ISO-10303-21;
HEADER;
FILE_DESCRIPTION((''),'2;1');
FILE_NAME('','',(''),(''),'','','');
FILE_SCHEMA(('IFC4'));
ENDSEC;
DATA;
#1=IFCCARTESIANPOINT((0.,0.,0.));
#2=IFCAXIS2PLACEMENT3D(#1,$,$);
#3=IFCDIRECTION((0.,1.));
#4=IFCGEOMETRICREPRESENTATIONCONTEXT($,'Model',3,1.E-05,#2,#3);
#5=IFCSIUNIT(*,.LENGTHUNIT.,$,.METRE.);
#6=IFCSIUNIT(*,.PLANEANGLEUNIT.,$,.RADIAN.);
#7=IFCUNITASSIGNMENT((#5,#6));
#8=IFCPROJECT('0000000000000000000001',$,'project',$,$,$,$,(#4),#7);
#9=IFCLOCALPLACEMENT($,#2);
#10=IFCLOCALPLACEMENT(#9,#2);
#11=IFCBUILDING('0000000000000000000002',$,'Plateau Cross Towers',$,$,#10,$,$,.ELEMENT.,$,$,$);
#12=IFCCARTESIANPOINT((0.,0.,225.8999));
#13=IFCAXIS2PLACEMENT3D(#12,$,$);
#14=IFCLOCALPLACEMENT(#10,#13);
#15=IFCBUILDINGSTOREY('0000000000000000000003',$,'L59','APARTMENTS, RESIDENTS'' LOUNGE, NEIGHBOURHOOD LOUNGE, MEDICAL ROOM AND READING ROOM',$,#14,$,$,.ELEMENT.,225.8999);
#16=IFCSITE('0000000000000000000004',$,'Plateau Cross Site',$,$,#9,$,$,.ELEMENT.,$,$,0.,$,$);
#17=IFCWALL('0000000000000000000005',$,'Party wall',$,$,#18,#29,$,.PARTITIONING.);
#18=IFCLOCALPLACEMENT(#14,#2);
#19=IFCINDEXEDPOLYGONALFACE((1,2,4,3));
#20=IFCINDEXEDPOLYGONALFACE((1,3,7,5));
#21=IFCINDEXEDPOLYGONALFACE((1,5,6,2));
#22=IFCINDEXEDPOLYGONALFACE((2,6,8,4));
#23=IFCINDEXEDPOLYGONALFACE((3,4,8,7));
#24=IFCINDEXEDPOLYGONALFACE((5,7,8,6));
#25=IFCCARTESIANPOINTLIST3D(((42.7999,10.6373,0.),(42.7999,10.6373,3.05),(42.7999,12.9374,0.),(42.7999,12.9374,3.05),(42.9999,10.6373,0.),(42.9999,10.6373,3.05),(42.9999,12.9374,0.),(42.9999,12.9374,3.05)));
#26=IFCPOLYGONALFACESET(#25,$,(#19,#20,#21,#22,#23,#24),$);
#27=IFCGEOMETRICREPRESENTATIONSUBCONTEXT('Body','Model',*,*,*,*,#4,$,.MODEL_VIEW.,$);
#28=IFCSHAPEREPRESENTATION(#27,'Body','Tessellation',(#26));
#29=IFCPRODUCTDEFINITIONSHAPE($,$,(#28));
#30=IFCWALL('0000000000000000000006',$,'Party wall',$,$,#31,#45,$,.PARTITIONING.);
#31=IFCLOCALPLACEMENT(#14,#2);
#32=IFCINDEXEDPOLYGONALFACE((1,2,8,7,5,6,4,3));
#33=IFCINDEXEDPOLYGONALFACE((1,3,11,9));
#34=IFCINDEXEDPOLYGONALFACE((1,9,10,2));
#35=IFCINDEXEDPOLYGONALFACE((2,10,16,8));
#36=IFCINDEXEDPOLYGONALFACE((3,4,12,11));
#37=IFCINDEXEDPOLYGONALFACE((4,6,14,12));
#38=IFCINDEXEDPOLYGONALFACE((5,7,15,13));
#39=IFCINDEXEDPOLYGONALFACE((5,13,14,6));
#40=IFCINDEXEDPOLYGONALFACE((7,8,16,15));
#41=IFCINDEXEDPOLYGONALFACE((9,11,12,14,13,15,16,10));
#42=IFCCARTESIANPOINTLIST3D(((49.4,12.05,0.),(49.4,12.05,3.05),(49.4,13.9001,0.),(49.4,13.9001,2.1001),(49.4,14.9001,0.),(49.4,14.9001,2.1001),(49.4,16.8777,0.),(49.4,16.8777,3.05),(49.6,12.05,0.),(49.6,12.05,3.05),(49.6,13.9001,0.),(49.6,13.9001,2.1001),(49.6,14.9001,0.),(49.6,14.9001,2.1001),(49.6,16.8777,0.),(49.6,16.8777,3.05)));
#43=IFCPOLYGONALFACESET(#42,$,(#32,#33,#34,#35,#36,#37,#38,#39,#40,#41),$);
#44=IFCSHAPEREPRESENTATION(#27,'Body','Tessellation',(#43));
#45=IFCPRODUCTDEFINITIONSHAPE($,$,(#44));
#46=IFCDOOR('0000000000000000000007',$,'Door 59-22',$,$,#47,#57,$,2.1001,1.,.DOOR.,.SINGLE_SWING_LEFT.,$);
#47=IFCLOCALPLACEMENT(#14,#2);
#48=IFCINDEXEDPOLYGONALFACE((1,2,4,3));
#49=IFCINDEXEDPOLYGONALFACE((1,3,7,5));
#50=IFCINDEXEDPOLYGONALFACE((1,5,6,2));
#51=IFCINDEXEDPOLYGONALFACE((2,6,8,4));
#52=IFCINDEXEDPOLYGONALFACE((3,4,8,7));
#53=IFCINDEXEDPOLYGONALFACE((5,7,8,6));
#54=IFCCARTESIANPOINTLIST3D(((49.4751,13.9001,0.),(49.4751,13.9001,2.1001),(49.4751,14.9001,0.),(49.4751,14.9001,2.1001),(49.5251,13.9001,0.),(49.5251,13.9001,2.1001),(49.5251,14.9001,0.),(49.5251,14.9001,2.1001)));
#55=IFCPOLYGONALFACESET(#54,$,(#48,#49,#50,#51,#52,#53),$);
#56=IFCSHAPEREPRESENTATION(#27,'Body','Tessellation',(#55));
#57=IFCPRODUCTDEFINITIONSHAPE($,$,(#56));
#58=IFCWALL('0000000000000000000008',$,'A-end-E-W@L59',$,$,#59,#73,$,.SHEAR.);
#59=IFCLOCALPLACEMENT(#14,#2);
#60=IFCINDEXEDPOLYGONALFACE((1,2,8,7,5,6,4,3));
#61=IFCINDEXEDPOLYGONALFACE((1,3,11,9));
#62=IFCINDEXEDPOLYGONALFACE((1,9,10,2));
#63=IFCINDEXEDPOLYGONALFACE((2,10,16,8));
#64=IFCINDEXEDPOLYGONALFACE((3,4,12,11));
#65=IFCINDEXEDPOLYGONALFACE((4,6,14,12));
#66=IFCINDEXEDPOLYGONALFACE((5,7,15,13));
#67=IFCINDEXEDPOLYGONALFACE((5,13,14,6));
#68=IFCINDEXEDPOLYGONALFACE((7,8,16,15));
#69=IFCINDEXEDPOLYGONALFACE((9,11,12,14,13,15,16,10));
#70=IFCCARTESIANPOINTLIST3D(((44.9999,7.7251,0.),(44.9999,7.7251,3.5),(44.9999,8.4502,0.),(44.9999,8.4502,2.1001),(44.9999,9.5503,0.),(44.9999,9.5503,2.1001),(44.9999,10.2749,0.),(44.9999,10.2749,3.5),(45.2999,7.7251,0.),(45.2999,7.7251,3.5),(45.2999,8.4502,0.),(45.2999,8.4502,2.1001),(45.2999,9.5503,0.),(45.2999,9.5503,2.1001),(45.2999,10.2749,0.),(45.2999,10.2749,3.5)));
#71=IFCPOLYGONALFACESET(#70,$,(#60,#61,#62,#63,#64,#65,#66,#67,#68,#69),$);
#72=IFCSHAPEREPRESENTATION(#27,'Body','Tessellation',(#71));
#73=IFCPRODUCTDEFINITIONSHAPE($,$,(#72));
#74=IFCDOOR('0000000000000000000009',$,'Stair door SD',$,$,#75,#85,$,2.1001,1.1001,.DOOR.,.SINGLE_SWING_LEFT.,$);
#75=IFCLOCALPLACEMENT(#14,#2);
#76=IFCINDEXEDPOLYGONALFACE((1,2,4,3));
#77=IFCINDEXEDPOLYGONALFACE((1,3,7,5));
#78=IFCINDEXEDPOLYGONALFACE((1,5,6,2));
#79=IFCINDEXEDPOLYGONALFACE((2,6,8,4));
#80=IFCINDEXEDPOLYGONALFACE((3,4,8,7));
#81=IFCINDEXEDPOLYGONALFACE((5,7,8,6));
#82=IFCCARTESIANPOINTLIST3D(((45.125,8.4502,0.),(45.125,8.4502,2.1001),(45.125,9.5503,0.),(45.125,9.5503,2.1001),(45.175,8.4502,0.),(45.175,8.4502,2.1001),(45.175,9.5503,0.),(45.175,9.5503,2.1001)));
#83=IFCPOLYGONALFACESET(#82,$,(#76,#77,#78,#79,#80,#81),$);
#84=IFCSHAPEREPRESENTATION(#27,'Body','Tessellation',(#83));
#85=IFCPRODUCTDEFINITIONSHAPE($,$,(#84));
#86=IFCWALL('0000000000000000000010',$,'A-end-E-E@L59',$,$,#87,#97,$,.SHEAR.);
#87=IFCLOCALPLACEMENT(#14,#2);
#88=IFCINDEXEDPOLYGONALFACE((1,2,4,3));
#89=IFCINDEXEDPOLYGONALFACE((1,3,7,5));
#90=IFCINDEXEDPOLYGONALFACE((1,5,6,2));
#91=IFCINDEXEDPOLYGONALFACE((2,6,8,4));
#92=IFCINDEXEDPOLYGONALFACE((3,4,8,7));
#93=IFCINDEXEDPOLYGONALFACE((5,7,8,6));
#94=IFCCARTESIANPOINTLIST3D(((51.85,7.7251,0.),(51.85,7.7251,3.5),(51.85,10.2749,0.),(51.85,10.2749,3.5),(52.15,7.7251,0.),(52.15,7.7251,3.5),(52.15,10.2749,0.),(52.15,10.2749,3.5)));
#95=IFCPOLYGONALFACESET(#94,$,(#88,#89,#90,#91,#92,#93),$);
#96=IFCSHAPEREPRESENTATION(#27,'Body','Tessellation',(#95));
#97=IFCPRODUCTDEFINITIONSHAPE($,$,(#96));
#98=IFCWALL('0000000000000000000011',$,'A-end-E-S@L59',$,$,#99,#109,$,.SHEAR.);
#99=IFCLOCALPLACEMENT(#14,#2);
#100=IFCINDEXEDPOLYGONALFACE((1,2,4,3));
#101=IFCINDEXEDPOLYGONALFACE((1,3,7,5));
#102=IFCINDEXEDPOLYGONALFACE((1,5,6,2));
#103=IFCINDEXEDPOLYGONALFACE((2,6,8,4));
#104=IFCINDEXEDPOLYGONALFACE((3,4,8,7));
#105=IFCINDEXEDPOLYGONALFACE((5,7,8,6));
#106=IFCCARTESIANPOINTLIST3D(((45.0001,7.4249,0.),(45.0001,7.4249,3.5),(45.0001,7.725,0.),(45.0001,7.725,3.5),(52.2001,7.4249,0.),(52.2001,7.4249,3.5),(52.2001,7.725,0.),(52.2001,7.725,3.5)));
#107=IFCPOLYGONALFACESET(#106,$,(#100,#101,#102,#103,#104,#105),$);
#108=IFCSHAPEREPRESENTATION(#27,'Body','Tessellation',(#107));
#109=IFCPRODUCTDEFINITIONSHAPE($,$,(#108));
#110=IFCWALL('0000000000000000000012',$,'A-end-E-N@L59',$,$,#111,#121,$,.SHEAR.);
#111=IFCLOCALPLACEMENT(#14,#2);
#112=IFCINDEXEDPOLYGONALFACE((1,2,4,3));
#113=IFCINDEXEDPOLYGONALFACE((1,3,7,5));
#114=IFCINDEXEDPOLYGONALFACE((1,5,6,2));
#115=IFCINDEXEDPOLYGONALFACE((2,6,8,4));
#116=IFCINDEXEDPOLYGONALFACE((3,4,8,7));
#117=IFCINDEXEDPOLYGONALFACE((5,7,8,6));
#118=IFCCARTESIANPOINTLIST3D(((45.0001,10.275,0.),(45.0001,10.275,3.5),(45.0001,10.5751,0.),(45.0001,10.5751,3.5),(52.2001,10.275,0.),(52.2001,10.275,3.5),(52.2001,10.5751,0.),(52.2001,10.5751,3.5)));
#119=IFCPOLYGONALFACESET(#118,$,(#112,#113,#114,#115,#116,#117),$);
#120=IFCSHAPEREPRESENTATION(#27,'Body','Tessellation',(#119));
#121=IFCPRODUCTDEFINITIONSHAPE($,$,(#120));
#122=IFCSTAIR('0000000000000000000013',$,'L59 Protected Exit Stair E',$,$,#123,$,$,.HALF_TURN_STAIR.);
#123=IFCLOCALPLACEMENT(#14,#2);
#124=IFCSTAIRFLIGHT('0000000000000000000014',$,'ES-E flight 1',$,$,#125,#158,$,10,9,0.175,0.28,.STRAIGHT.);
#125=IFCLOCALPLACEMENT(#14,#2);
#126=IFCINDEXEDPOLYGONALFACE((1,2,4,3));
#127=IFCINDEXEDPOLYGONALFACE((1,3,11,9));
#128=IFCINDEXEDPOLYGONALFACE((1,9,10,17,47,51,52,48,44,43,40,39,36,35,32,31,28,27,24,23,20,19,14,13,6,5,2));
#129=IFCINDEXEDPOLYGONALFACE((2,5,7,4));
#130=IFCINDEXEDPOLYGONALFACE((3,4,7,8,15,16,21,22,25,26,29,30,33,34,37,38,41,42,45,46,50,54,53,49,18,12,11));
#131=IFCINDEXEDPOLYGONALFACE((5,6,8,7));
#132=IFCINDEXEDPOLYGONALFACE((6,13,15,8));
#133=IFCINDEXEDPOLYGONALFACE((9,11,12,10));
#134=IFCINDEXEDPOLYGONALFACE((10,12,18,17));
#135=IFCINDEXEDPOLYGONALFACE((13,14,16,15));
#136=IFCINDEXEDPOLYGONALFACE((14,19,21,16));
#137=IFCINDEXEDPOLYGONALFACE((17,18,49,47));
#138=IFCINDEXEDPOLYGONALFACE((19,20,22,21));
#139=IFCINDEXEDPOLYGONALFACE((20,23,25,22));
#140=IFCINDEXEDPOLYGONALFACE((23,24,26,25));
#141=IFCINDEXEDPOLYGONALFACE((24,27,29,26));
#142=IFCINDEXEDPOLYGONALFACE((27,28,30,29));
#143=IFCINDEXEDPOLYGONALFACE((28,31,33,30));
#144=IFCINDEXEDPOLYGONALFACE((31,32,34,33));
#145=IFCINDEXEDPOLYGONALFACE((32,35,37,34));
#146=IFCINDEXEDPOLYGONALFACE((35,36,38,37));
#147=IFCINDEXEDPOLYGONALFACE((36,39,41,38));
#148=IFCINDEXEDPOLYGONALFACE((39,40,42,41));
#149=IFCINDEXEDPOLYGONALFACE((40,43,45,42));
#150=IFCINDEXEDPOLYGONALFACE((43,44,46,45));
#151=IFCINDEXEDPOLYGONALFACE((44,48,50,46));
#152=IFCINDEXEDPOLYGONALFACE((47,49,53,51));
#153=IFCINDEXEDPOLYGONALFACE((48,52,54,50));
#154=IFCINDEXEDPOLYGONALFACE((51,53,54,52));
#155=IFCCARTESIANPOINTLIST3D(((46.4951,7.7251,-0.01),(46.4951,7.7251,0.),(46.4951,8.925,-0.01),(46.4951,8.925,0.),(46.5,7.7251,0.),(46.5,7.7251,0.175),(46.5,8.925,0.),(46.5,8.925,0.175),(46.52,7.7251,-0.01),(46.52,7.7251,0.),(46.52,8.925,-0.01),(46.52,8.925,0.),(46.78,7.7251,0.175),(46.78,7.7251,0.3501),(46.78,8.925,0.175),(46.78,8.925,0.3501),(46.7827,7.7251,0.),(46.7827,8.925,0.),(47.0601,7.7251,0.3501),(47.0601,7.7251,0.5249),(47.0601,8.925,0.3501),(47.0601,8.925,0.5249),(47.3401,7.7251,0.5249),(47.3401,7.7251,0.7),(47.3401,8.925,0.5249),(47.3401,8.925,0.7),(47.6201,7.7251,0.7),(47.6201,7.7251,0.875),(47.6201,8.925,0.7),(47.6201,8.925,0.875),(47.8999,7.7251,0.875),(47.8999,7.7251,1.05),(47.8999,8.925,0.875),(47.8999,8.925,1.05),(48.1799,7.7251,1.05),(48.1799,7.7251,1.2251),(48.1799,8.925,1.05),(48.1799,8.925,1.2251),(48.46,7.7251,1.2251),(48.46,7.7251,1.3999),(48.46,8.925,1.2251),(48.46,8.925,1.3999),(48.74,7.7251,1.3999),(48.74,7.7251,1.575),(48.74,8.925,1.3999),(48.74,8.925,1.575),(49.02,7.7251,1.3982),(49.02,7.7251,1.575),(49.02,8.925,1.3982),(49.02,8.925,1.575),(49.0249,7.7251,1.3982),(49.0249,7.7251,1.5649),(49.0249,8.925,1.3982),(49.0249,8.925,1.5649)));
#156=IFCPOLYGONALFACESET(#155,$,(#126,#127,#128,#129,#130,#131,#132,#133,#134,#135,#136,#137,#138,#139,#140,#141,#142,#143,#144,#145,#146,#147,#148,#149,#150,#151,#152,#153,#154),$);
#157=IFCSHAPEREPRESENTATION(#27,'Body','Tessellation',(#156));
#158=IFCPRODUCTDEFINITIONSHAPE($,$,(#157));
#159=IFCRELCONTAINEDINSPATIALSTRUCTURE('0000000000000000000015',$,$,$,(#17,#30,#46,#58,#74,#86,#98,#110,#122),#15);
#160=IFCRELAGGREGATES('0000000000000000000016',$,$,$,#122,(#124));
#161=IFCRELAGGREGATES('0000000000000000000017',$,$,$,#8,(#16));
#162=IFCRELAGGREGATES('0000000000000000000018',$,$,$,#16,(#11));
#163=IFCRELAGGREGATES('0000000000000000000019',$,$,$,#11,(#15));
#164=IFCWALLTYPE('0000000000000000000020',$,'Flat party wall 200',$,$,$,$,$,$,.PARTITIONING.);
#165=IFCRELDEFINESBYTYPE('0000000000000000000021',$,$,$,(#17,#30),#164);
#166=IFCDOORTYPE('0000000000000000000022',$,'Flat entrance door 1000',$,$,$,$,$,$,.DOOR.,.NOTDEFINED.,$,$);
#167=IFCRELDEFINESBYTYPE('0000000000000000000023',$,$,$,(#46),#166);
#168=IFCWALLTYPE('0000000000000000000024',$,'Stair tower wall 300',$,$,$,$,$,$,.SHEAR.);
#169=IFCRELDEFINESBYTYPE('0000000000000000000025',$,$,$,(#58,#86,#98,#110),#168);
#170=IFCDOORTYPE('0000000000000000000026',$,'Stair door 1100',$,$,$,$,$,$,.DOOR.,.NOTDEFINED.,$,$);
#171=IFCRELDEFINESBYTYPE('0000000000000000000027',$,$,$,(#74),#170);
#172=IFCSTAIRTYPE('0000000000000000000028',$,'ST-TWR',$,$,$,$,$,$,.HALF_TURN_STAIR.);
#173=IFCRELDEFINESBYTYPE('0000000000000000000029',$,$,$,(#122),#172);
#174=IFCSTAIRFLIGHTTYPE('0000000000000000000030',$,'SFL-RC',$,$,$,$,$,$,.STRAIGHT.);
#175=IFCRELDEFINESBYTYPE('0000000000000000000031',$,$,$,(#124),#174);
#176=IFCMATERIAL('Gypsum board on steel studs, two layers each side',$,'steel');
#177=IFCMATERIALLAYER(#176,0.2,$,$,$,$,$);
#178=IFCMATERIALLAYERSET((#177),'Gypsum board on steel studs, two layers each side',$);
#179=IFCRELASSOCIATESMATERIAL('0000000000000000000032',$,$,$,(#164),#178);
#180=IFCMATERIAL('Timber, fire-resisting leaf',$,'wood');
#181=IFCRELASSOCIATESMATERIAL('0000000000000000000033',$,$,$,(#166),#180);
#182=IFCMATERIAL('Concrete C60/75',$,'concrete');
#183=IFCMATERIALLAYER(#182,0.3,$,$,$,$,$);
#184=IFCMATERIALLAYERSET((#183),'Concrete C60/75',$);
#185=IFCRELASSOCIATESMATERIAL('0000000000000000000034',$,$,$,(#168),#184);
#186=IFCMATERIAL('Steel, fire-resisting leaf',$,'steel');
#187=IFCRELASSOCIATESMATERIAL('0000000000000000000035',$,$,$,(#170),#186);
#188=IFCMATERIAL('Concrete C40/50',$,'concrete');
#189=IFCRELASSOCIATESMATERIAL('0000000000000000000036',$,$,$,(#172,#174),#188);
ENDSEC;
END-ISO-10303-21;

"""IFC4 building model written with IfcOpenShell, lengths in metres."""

from ifc_helpers import new_model, si_unit, direction, frame, frame_2d, origin, place, context, subcontext, project, spatial, polyline, rectangle, outline, extrude, material, layer, layer_set, type_object, element, fill, aggregate, save


model = new_model("IFC4")

# Units and contexts
model_context = context("Model", 3, precision=1e-05, world=origin(), true_north=direction((0.0, 1.0)))
body_context = subcontext(model_context, "Body", "Model", "MODEL_VIEW")
ifc_project = project(units=[si_unit("LENGTHUNIT", "METRE"), si_unit("PLANEANGLEUNIT", "RADIAN")], contexts=[model_context])

# Site, building, storey
site_placement = place(None, origin())
site = spatial("IfcSite", under=ifc_project, at=site_placement, Name="Plateau Cross Site", CompositionType="ELEMENT", RefElevation=0.0)
building_placement = place(site_placement, origin())
building = spatial("IfcBuilding", under=site, at=building_placement, Name="Plateau Cross Towers", CompositionType="ELEMENT")
storey_placement = place(building_placement, frame((0.0, 0.0, 225.8999)))
storey = spatial("IfcBuildingStorey", under=building, at=storey_placement, Name="L59", Description="APARTMENTS, RESIDENTS' LOUNGE, NEIGHBOURHOOD LOUNGE, MEDICAL ROOM AND READING ROOM", CompositionType="ELEMENT", Elevation=225.8999)

# Wall
ifc_material_1 = material(Name="Gypsum board on steel studs, two layers each side", Category="steel")
ifc_layer_1 = layer(ifc_material_1, 0.2)
ifc_layer_set_1 = layer_set([ifc_layer_1], Name="Gypsum board on steel studs, two layers each side")
wall_type_1 = type_object("IfcWallType", Name="Flat party wall 200", PredefinedType="PARTITIONING", material=ifc_layer_set_1)
for number, where, z_axis, x_axis, name in (
    (1, (42.8999, 10.6375, 0.0), (0.0, 0.0, 1.0), (0.0, 1.0, 0.0), "Party wall"),
):
    element("IfcWall", number, at=place(storey_placement, frame(where, z_axis=z_axis, x_axis=x_axis)), inside=storey, type_object=wall_type_1, Name=name, PredefinedType="PARTITIONING", context=body_context, shape_type="SweptSolid", body=[
        extrude(rectangle(XDim=2.3, YDim=0.2, at=frame_2d((1.1499, 0.0))), origin(), (0.0, 0.0, 1.0), 3.05),
    ])

# Walls, openings, doors
wall_1_placement = place(storey_placement, frame((49.5, 12.05, 0.0), z_axis=(0.0, 0.0, 1.0), x_axis=(0.0, 1.0, 0.0)))
wall_1 = element("IfcWall", 2, at=wall_1_placement, inside=storey, type_object=wall_type_1, Name="Party wall", PredefinedType="PARTITIONING", context=body_context, shape_type="SweptSolid", body=[
    extrude(rectangle(XDim=4.8276, YDim=0.2, at=frame_2d((2.4138, 0.0))), origin(), (0.0, 0.0, 1.0), 3.05),
])
opening_1_placement = place(wall_1_placement, frame((1.8501, 0.0, 0.0)))
opening_1 = element("IfcOpeningElement", 3, at=opening_1_placement, cuts=wall_1, PredefinedType="OPENING", context=body_context, shape_type="SweptSolid", body=[
    extrude(rectangle(XDim=1.0, YDim=2.1001, at=frame_2d((0.5, 1.05))), frame((0.0, 0.1099, 0.0), z_axis=(0.0, -1.0, 0.0), x_axis=(1.0, 0.0, 0.0)), (0.0, 0.0, 1.0), 0.22),
])
ifc_material_2 = material(Name="Timber, fire-resisting leaf", Category="wood")
door_type_1 = type_object("IfcDoorType", Name="Flat entrance door 1000", OperationType="NOTDEFINED", PredefinedType="DOOR", material=ifc_material_2)
door_1_placement = place(opening_1_placement, origin())
door_1 = element("IfcDoor", 4, at=door_1_placement, inside=storey, type_object=door_type_1, Name="Door 59-22", OperationType="SINGLE_SWING_LEFT", OverallHeight=2.1001, OverallWidth=1.0, PredefinedType="DOOR", context=body_context, shape_type="SweptSolid", body=[
    extrude(rectangle(XDim=1.0, YDim=2.1001, at=frame_2d((0.5, 1.05))), frame((0.0, 0.0249, 0.0), z_axis=(0.0, -1.0, 0.0), x_axis=(1.0, 0.0, 0.0)), (0.0, 0.0, 1.0), 0.05),
])
fill(opening_1, door_1)
ifc_material_3 = material(Name="Concrete C60/75", Category="concrete")
ifc_layer_2 = layer(ifc_material_3, 0.3)
ifc_layer_set_2 = layer_set([ifc_layer_2], Name="Concrete C60/75")
wall_type_2 = type_object("IfcWallType", Name="Stair tower wall 300", PredefinedType="SHEAR", material=ifc_layer_set_2)
wall_2_placement = place(storey_placement, frame((45.1499, 7.7251, 0.0), z_axis=(0.0, 0.0, 1.0), x_axis=(0.0, 1.0, 0.0)))
wall_2 = element("IfcWall", 5, at=wall_2_placement, inside=storey, type_object=wall_type_2, Name="A-end-E-W@L59", PredefinedType="SHEAR", context=body_context, shape_type="SweptSolid", body=[
    extrude(rectangle(XDim=2.5498, YDim=0.3, at=frame_2d((1.2749, 0.0))), origin(), (0.0, 0.0, 1.0), 3.5),
])
opening_2_placement = place(wall_2_placement, frame((0.7251, 0.0, 0.0)))
opening_2 = element("IfcOpeningElement", 6, at=opening_2_placement, cuts=wall_2, PredefinedType="OPENING", context=body_context, shape_type="SweptSolid", body=[
    extrude(rectangle(XDim=1.1001, YDim=2.1001, at=frame_2d((0.55, 1.05))), frame((0.0, 0.1599, 0.0), z_axis=(0.0, -1.0, 0.0), x_axis=(1.0, 0.0, 0.0)), (0.0, 0.0, 1.0), 0.3201),
])
ifc_material_4 = material(Name="Steel, fire-resisting leaf", Category="steel")
door_type_2 = type_object("IfcDoorType", Name="Stair door 1100", OperationType="NOTDEFINED", PredefinedType="DOOR", material=ifc_material_4)
door_2_placement = place(opening_2_placement, origin())
door_2 = element("IfcDoor", 7, at=door_2_placement, inside=storey, type_object=door_type_2, Name="Stair door SD", OperationType="SINGLE_SWING_LEFT", OverallHeight=2.1001, OverallWidth=1.1001, PredefinedType="DOOR", context=body_context, shape_type="SweptSolid", body=[
    extrude(rectangle(XDim=1.1001, YDim=2.1001, at=frame_2d((0.55, 1.05))), frame((0.0, 0.0249, 0.0), z_axis=(0.0, -1.0, 0.0), x_axis=(1.0, 0.0, 0.0)), (0.0, 0.0, 1.0), 0.05),
])
fill(opening_2, door_2)

# Walls
wall_3_placement = place(storey_placement, frame((52.0, 7.7251, 0.0), z_axis=(0.0, 0.0, 1.0), x_axis=(0.0, 1.0, 0.0)))
element("IfcWall", 8, at=wall_3_placement, inside=storey, type_object=wall_type_2, Name="A-end-E-E@L59", PredefinedType="SHEAR", context=body_context, shape_type="SweptSolid", body=[
    extrude(rectangle(XDim=2.5498, YDim=0.3, at=frame_2d((1.2749, 0.0))), origin(), (0.0, 0.0, 1.0), 3.5),
])
for number, where, z_axis, x_axis, name in (
    (9, (45.0, 7.575, 0.0), (0.0, 0.0, 1.0), (1.0, 0.0, 0.0), "A-end-E-S@L59"),
    (10, (45.0, 10.425, 0.0), (0.0, 0.0, 1.0), (1.0, 0.0, 0.0), "A-end-E-N@L59"),
):
    element("IfcWall", number, at=place(storey_placement, frame(where, z_axis=z_axis, x_axis=x_axis)), inside=storey, type_object=wall_type_2, Name=name, PredefinedType="SHEAR", context=body_context, shape_type="SweptSolid", body=[
        extrude(rectangle(XDim=7.2, YDim=0.3, at=frame_2d((3.6001, 0.0))), origin(), (0.0, 0.0, 1.0), 3.5),
    ])

# Stair, stair flight
ifc_material_5 = material(Name="Concrete C40/50", Category="concrete")
stair_type = type_object("IfcStairType", Name="ST-TWR", PredefinedType="HALF_TURN_STAIR", material=ifc_material_5)
stair_placement = place(storey_placement, origin())
stair = element("IfcStair", 11, at=stair_placement, inside=storey, type_object=stair_type, Name="L59 Protected Exit Stair E", PredefinedType="HALF_TURN_STAIR")
stair_flight_type = type_object("IfcStairFlightType", Name="SFL-RC", PredefinedType="STRAIGHT", material=ifc_material_5)
stair_flight_1_placement = place(storey_placement, frame((46.5, 8.325, 0.0), z_axis=(0.0, 0.0, 1.0), x_axis=(1.0, 0.0, 0.0)))
stair_flight_1 = element("IfcStairFlight", 12, at=stair_flight_1_placement, type_object=stair_flight_type, Name="ES-E flight 1", NumberOfRisers=10, NumberOfTreads=9, PredefinedType="STRAIGHT", RiserHeight=0.175, TreadLength=0.28, context=body_context, shape_type="SweptSolid", body=[
    extrude(outline(polyline([(-0.0049, -0.01), (-0.0049, 0.0), (0.0, 0.0), (0.0, 0.175), (0.28, 0.175), (0.28, 0.3501), (0.5601, 0.3501), (0.5601, 0.5249), (0.8401, 0.5249), (0.8401, 0.7), (1.1201, 0.7), (1.1201, 0.875), (1.3999, 0.875), (1.3999, 1.05), (1.6799, 1.05), (1.6799, 1.2251), (1.96, 1.2251), (1.96, 1.3999), (2.24, 1.3999), (2.24, 1.575), (2.52, 1.575), (2.5249, 1.5649), (2.5249, 1.3982), (2.52, 1.3982), (0.2827, 0.0), (0.02, 0.0), (0.02, -0.01), (-0.0049, -0.01)])), frame((0.0, 0.6001, 0.0), z_axis=(0.0, -1.0, 0.0), x_axis=(1.0, 0.0, 0.0)), (0.0, 0.0, 1.0), 1.2),
])
aggregate(stair, [stair_flight_1])

save(model, "model.ifc")
